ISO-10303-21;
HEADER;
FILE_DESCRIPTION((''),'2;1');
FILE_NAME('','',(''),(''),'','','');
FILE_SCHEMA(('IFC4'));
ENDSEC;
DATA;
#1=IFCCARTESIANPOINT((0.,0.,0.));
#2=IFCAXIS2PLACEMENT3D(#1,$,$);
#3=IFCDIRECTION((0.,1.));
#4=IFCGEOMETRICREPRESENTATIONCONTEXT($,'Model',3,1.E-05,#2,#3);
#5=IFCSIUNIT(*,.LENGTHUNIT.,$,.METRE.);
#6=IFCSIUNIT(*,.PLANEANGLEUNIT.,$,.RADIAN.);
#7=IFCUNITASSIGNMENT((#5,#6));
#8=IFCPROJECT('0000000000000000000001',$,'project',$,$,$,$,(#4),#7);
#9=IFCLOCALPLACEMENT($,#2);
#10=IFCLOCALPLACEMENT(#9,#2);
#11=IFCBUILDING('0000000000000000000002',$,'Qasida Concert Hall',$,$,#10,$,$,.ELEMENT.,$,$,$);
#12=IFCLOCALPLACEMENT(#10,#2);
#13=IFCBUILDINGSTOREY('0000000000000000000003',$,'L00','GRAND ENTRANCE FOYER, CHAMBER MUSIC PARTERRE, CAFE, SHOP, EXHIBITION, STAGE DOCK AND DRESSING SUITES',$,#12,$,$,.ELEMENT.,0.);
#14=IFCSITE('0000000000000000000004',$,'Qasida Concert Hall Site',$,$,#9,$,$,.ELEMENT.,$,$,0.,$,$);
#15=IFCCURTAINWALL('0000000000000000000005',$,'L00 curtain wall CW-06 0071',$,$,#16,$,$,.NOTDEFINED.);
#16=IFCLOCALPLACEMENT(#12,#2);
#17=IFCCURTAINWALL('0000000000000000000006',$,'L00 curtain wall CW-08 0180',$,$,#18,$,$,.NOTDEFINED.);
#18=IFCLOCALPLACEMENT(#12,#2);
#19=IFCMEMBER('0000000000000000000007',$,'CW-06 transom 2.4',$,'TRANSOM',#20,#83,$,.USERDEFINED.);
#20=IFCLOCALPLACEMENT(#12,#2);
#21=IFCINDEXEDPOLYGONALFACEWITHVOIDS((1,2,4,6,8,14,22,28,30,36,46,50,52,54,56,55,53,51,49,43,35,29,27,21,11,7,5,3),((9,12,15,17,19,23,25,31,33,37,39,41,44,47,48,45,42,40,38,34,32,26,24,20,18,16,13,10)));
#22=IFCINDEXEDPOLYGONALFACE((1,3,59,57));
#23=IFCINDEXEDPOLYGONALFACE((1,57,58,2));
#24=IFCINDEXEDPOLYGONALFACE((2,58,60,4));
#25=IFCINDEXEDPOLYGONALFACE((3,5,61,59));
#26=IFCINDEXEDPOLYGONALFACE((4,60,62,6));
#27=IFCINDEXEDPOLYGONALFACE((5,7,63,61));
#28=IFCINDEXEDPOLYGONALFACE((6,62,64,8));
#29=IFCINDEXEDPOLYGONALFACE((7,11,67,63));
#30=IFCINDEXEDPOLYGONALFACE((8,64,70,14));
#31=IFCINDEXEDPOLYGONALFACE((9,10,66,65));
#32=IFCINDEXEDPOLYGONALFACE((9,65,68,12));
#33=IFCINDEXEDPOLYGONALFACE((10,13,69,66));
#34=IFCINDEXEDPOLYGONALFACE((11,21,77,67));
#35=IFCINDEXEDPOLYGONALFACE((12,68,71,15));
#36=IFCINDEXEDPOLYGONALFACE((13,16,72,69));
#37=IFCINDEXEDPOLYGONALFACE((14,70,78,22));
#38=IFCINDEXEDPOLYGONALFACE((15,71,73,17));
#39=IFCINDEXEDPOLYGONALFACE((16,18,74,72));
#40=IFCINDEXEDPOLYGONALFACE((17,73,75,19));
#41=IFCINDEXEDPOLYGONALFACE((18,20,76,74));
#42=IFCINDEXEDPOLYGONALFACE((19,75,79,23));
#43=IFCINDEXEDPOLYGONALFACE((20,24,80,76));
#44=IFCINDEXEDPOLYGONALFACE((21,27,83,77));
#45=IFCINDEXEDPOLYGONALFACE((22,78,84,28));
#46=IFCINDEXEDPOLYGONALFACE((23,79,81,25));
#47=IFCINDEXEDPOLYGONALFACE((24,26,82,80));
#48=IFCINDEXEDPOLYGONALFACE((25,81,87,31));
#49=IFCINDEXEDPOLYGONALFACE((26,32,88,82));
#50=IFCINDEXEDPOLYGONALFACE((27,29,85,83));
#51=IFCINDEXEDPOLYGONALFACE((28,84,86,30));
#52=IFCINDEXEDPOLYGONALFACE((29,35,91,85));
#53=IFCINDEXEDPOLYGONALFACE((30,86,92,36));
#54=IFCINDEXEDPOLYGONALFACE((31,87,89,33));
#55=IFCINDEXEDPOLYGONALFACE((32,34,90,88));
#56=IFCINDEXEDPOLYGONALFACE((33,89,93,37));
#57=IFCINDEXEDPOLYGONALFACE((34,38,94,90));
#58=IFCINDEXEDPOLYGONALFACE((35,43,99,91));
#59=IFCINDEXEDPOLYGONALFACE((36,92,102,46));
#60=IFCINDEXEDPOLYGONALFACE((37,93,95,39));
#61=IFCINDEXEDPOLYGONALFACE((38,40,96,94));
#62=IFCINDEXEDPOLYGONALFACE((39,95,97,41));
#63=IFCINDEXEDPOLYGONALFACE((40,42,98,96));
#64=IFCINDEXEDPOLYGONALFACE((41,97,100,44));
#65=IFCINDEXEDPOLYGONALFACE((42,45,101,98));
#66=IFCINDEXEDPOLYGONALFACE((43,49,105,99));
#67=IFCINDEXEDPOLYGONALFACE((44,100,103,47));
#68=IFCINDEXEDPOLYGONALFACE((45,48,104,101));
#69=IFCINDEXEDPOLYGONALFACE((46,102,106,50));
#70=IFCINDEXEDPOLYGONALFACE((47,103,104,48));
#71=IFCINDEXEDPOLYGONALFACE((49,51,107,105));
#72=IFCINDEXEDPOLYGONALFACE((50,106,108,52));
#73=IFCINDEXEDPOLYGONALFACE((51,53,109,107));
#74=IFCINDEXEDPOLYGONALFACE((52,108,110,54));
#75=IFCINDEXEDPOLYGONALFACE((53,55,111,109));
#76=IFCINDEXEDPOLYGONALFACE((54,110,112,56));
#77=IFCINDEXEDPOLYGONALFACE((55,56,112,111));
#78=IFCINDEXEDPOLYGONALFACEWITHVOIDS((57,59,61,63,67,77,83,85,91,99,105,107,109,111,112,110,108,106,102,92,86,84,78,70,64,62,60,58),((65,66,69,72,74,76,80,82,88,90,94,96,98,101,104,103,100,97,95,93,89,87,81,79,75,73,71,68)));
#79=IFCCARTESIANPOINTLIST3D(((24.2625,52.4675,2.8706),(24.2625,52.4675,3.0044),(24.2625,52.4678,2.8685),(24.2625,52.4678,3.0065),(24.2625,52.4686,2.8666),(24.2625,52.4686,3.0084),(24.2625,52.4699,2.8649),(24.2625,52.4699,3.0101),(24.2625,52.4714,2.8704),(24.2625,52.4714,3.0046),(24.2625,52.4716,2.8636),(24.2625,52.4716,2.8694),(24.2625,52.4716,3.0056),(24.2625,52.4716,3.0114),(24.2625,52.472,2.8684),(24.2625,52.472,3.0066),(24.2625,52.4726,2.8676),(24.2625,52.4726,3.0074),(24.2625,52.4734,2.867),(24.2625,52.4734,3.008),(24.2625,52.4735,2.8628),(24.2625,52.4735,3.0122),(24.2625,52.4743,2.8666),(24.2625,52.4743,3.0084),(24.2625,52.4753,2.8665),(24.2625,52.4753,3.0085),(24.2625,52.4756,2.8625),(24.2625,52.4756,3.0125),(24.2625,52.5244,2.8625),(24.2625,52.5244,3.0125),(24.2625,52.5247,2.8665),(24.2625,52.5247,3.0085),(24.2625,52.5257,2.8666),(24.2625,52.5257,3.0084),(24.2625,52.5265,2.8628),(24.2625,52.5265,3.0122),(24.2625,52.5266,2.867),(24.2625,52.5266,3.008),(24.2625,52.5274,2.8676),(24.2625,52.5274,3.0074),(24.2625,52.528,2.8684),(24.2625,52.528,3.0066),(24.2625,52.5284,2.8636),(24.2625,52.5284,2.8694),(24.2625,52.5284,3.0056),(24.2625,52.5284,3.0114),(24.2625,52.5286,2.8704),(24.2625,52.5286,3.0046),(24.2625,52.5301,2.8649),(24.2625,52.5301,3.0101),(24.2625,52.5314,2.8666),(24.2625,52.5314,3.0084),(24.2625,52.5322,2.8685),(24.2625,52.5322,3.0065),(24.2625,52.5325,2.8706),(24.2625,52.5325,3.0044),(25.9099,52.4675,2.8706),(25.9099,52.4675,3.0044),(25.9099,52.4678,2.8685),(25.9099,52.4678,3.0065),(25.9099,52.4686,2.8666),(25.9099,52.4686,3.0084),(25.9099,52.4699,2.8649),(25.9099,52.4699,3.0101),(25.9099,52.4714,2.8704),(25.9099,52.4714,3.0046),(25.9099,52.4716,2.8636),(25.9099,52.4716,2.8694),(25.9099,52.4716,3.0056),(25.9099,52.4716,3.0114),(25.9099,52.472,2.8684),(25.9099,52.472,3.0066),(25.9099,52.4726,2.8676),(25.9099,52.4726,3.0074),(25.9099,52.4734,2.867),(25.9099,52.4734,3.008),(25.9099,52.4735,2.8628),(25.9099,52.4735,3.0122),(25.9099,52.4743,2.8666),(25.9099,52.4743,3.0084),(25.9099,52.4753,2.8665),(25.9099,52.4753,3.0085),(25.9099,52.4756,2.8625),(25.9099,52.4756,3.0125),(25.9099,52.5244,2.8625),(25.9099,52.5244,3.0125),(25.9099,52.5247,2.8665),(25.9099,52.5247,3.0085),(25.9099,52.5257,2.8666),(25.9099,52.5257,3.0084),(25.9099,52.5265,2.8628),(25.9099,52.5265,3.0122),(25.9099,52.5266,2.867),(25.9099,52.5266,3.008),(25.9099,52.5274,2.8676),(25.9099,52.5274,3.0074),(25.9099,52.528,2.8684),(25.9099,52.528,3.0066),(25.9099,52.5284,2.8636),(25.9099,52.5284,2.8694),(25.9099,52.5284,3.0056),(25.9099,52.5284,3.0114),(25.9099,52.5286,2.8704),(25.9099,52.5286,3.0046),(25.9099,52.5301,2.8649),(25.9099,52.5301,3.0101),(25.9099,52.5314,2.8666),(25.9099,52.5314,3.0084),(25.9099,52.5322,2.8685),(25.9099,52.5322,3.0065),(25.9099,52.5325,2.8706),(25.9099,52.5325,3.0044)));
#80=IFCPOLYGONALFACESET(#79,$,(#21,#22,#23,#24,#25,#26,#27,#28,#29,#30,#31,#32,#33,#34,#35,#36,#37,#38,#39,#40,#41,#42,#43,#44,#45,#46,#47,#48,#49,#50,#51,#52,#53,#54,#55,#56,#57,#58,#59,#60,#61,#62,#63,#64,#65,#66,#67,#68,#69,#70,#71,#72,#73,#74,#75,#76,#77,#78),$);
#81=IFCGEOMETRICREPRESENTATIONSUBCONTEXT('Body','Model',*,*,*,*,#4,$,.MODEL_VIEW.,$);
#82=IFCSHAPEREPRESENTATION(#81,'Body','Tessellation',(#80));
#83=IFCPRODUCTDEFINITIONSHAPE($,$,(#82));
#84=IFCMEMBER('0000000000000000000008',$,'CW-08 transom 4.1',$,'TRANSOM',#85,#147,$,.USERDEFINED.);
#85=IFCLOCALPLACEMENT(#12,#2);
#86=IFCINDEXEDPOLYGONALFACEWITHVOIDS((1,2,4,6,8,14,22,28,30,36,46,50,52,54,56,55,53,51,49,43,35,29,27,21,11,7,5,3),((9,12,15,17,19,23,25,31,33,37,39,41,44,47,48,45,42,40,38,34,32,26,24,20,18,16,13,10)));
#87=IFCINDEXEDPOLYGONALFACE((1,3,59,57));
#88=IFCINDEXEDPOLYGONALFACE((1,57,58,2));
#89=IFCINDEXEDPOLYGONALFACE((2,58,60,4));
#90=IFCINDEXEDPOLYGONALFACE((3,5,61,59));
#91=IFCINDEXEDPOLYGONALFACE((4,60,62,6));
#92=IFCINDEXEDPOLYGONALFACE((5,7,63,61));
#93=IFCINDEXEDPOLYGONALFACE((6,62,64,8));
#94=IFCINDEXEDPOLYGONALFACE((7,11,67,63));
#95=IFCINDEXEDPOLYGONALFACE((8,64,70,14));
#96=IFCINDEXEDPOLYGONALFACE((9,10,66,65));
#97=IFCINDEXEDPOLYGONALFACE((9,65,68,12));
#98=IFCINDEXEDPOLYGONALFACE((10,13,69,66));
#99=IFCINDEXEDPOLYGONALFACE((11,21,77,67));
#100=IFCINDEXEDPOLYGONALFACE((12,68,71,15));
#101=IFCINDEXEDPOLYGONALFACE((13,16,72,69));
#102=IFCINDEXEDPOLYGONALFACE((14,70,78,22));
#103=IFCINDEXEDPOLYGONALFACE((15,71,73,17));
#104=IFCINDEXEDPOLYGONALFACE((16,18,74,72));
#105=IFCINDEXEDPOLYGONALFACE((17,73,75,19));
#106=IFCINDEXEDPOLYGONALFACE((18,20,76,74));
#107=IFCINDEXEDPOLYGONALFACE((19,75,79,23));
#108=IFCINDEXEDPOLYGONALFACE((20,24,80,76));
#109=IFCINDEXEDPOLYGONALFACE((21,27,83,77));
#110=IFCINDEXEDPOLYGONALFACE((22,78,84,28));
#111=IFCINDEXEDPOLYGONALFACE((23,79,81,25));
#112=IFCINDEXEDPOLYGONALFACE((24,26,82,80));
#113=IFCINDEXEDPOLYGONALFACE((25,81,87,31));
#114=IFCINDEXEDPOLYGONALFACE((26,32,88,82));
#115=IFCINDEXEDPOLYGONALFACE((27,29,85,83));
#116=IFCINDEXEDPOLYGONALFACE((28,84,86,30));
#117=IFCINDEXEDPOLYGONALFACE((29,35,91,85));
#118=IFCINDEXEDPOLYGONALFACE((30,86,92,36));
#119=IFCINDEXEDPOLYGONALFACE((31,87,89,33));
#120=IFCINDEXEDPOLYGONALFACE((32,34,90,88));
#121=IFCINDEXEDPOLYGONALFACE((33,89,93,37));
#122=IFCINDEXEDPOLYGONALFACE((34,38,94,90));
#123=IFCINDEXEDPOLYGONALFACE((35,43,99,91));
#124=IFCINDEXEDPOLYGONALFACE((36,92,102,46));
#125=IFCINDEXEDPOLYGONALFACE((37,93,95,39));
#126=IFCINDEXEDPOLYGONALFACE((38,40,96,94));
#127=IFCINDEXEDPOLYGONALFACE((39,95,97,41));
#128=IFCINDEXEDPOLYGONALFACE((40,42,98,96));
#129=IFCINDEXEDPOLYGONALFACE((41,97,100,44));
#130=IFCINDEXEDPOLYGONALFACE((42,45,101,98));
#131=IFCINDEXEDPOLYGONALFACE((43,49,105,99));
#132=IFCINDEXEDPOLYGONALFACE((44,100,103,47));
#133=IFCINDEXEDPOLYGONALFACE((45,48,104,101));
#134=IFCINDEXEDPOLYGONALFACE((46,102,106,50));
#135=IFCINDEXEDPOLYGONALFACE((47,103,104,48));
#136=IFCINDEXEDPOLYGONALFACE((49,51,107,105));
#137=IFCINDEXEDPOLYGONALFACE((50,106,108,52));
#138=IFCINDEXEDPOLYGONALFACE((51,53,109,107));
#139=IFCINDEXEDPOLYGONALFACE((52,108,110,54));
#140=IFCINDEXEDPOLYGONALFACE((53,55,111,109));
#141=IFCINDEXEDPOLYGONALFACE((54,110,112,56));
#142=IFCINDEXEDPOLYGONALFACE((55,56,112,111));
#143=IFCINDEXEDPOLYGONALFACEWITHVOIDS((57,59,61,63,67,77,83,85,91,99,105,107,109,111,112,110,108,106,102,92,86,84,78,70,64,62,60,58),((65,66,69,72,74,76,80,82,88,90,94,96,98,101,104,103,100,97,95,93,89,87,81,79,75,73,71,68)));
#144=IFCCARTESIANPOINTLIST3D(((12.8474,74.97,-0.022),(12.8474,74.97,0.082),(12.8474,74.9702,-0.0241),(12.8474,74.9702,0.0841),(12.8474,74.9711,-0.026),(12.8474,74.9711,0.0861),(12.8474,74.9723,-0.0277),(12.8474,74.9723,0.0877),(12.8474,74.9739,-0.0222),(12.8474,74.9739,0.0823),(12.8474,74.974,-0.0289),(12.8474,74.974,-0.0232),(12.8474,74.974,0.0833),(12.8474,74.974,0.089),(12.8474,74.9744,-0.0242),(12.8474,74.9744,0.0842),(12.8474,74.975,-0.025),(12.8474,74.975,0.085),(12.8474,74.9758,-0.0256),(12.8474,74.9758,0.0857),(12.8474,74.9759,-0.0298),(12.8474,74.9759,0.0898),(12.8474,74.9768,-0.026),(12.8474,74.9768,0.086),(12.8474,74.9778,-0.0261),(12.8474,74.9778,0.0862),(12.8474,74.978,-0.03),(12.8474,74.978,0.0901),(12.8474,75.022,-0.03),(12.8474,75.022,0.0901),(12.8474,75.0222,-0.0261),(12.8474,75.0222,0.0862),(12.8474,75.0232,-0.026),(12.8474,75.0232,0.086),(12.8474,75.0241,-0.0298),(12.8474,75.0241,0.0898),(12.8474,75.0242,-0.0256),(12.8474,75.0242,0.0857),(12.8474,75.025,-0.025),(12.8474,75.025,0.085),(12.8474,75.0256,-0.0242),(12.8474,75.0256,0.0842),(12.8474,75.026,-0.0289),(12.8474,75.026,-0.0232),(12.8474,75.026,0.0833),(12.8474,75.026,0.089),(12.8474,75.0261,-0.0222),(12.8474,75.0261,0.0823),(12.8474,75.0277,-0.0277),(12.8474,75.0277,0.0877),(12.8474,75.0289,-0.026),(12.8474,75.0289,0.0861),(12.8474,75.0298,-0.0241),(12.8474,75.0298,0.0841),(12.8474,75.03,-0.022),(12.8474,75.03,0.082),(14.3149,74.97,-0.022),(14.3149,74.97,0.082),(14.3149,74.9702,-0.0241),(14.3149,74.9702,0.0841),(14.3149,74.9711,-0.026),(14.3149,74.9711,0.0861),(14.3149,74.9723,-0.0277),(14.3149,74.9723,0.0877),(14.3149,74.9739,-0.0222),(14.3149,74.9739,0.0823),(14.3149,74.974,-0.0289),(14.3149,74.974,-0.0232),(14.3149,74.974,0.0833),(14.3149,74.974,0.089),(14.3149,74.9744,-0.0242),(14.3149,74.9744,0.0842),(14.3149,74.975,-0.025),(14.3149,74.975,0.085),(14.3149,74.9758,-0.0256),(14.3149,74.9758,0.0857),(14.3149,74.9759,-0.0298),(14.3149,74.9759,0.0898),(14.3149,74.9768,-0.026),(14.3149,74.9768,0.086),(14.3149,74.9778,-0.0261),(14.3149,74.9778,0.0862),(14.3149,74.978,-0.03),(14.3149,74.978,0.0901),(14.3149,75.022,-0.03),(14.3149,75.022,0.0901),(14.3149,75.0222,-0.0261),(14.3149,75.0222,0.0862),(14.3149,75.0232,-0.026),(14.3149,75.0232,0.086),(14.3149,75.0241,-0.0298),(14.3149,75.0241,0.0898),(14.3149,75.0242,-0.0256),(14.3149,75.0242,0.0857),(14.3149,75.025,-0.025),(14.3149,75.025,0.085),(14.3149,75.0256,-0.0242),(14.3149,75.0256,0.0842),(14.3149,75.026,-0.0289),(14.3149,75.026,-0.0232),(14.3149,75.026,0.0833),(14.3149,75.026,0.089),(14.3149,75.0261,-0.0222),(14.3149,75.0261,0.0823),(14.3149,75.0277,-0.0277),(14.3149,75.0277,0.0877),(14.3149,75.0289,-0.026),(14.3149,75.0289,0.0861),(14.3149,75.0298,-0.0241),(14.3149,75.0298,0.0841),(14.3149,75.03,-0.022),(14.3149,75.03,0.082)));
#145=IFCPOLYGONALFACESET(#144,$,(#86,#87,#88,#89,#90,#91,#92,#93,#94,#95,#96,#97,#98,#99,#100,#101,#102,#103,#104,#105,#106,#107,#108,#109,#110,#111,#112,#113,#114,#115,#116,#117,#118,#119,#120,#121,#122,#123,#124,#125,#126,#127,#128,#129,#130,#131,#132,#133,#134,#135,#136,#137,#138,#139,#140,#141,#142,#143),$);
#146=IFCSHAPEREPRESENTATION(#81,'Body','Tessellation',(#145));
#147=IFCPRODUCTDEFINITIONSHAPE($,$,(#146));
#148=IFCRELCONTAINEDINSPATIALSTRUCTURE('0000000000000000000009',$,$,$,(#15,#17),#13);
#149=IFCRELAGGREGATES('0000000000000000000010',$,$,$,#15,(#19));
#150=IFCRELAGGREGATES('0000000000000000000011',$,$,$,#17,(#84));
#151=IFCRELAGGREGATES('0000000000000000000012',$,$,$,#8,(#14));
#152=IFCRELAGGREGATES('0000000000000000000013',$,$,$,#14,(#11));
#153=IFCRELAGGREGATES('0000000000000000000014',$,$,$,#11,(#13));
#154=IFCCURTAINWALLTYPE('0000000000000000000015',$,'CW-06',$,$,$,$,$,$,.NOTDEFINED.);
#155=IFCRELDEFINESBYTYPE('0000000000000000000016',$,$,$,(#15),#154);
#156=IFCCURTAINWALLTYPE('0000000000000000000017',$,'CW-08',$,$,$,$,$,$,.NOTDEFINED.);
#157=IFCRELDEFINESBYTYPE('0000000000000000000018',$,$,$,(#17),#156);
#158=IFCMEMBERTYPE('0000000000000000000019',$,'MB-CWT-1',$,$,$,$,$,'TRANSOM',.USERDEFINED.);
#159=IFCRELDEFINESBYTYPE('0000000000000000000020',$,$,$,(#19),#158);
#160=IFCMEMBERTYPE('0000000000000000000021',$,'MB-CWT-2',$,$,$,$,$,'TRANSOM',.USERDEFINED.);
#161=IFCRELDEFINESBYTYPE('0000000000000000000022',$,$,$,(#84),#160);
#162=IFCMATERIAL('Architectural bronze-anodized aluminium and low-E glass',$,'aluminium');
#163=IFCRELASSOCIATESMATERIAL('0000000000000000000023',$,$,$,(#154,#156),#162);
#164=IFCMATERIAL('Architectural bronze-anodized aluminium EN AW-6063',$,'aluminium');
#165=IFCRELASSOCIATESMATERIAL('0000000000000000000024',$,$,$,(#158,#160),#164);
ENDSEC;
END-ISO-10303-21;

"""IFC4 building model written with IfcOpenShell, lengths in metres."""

from ifc_helpers import new_model, si_unit, direction, frame, origin, origin_2d, place, context, subcontext, project, spatial, hollow_rectangle, extrude, material, material_profile, profile_set, type_object, element, aggregate, save


model = new_model("IFC4")

# Units and contexts
model_context = context("Model", 3, precision=1e-05, world=origin(), true_north=direction((0.0, 1.0)))
body_context = subcontext(model_context, "Body", "Model", "MODEL_VIEW")
ifc_project = project(units=[si_unit("LENGTHUNIT", "METRE"), si_unit("PLANEANGLEUNIT", "RADIAN")], contexts=[model_context])

# Site, building, storey
site_placement = place(None, origin())
site = spatial("IfcSite", under=ifc_project, at=site_placement, Name="Qasida Concert Hall Site", CompositionType="ELEMENT", RefElevation=0.0)
building_placement = place(site_placement, origin())
building = spatial("IfcBuilding", under=site, at=building_placement, Name="Qasida Concert Hall", CompositionType="ELEMENT")
storey_placement = place(building_placement, origin())
storey = spatial("IfcBuildingStorey", under=building, at=storey_placement, Name="L00", Description="GRAND ENTRANCE FOYER, CHAMBER MUSIC PARTERRE, CAFE, SHOP, EXHIBITION, STAGE DOCK AND DRESSING SUITES", CompositionType="ELEMENT", Elevation=0.0)

# Curtain wall
ifc_material_1 = material(Name="Architectural bronze-anodized aluminium and low-E glass", Category="aluminium")
curtain_wall_type_1 = type_object("IfcCurtainWallType", Name="CW-06", PredefinedType="NOTDEFINED", material=ifc_material_1)
curtain_wall_1_placement = place(storey_placement, origin())
curtain_wall_1 = element("IfcCurtainWall", 1, at=curtain_wall_1_placement, inside=storey, type_object=curtain_wall_type_1, Name="L00 curtain wall CW-06 0071", PredefinedType="NOTDEFINED")
ifc_material_2 = material(Name="Architectural bronze-anodized aluminium EN AW-6063", Category="aluminium")

# Curtain wall
curtain_wall_type_2 = type_object("IfcCurtainWallType", Name="CW-08", PredefinedType="NOTDEFINED", material=ifc_material_1)
curtain_wall_2_placement = place(storey_placement, origin())
curtain_wall_2 = element("IfcCurtainWall", 2, at=curtain_wall_2_placement, inside=storey, type_object=curtain_wall_type_2, Name="L00 curtain wall CW-08 0180", PredefinedType="NOTDEFINED")

# Members
ifc_material_profile_1 = material_profile(ifc_material_2, hollow_rectangle(XDim=0.0649, YDim=0.1499, WallThickness=0.0039, InnerFilletRadius=0.0039, OuterFilletRadius=0.0081, at=origin_2d()), Name="CWT 150x65x4")
ifc_profile_set_1 = profile_set([ifc_material_profile_1], Name="Architectural bronze-anodized aluminium EN AW-6063")
member_type_1 = type_object("IfcMemberType", Name="MB-CWT-1", ElementType="TRANSOM", PredefinedType="USERDEFINED", material=ifc_profile_set_1)
member_1_placement = place(storey_placement, frame((24.2625, 52.5, 2.9375), z_axis=(1.0, 0.0, 0.0), x_axis=(0.0, 1.0, 0.0)))
member_1 = element("IfcMember", 3, at=member_1_placement, type_object=member_type_1, Name="CW-06 transom 2.4", ObjectType="TRANSOM", PredefinedType="USERDEFINED", context=body_context, shape_type="SweptSolid", body=[
    extrude(hollow_rectangle(XDim=0.0649, YDim=0.1499, WallThickness=0.0039, InnerFilletRadius=0.0039, OuterFilletRadius=0.0081, at=origin_2d()), origin(), (0.0, 0.0, 1.0), 1.6475),
])
ifc_material_profile_2 = material_profile(ifc_material_2, hollow_rectangle(XDim=0.0601, YDim=0.1201, WallThickness=0.0039, InnerFilletRadius=0.0039, OuterFilletRadius=0.0081, at=origin_2d()), Name="CWT 120x60x4")
ifc_profile_set_2 = profile_set([ifc_material_profile_2], Name="Architectural bronze-anodized aluminium EN AW-6063")
member_type_2 = type_object("IfcMemberType", Name="MB-CWT-2", ElementType="TRANSOM", PredefinedType="USERDEFINED", material=ifc_profile_set_2)
member_2_placement = place(storey_placement, frame((12.8474, 75.0, 0.03), z_axis=(1.0, 0.0, 0.0), x_axis=(0.0, 1.0, 0.0)))
member_2 = element("IfcMember", 4, at=member_2_placement, type_object=member_type_2, Name="CW-08 transom 4.1", ObjectType="TRANSOM", PredefinedType="USERDEFINED", context=body_context, shape_type="SweptSolid", body=[
    extrude(hollow_rectangle(XDim=0.0601, YDim=0.1201, WallThickness=0.0039, InnerFilletRadius=0.0039, OuterFilletRadius=0.0081, at=origin_2d()), origin(), (0.0, 0.0, 1.0), 1.4675),
])

aggregate(curtain_wall_1, [member_1])
aggregate(curtain_wall_2, [member_2])

save(model, "model.ifc")
